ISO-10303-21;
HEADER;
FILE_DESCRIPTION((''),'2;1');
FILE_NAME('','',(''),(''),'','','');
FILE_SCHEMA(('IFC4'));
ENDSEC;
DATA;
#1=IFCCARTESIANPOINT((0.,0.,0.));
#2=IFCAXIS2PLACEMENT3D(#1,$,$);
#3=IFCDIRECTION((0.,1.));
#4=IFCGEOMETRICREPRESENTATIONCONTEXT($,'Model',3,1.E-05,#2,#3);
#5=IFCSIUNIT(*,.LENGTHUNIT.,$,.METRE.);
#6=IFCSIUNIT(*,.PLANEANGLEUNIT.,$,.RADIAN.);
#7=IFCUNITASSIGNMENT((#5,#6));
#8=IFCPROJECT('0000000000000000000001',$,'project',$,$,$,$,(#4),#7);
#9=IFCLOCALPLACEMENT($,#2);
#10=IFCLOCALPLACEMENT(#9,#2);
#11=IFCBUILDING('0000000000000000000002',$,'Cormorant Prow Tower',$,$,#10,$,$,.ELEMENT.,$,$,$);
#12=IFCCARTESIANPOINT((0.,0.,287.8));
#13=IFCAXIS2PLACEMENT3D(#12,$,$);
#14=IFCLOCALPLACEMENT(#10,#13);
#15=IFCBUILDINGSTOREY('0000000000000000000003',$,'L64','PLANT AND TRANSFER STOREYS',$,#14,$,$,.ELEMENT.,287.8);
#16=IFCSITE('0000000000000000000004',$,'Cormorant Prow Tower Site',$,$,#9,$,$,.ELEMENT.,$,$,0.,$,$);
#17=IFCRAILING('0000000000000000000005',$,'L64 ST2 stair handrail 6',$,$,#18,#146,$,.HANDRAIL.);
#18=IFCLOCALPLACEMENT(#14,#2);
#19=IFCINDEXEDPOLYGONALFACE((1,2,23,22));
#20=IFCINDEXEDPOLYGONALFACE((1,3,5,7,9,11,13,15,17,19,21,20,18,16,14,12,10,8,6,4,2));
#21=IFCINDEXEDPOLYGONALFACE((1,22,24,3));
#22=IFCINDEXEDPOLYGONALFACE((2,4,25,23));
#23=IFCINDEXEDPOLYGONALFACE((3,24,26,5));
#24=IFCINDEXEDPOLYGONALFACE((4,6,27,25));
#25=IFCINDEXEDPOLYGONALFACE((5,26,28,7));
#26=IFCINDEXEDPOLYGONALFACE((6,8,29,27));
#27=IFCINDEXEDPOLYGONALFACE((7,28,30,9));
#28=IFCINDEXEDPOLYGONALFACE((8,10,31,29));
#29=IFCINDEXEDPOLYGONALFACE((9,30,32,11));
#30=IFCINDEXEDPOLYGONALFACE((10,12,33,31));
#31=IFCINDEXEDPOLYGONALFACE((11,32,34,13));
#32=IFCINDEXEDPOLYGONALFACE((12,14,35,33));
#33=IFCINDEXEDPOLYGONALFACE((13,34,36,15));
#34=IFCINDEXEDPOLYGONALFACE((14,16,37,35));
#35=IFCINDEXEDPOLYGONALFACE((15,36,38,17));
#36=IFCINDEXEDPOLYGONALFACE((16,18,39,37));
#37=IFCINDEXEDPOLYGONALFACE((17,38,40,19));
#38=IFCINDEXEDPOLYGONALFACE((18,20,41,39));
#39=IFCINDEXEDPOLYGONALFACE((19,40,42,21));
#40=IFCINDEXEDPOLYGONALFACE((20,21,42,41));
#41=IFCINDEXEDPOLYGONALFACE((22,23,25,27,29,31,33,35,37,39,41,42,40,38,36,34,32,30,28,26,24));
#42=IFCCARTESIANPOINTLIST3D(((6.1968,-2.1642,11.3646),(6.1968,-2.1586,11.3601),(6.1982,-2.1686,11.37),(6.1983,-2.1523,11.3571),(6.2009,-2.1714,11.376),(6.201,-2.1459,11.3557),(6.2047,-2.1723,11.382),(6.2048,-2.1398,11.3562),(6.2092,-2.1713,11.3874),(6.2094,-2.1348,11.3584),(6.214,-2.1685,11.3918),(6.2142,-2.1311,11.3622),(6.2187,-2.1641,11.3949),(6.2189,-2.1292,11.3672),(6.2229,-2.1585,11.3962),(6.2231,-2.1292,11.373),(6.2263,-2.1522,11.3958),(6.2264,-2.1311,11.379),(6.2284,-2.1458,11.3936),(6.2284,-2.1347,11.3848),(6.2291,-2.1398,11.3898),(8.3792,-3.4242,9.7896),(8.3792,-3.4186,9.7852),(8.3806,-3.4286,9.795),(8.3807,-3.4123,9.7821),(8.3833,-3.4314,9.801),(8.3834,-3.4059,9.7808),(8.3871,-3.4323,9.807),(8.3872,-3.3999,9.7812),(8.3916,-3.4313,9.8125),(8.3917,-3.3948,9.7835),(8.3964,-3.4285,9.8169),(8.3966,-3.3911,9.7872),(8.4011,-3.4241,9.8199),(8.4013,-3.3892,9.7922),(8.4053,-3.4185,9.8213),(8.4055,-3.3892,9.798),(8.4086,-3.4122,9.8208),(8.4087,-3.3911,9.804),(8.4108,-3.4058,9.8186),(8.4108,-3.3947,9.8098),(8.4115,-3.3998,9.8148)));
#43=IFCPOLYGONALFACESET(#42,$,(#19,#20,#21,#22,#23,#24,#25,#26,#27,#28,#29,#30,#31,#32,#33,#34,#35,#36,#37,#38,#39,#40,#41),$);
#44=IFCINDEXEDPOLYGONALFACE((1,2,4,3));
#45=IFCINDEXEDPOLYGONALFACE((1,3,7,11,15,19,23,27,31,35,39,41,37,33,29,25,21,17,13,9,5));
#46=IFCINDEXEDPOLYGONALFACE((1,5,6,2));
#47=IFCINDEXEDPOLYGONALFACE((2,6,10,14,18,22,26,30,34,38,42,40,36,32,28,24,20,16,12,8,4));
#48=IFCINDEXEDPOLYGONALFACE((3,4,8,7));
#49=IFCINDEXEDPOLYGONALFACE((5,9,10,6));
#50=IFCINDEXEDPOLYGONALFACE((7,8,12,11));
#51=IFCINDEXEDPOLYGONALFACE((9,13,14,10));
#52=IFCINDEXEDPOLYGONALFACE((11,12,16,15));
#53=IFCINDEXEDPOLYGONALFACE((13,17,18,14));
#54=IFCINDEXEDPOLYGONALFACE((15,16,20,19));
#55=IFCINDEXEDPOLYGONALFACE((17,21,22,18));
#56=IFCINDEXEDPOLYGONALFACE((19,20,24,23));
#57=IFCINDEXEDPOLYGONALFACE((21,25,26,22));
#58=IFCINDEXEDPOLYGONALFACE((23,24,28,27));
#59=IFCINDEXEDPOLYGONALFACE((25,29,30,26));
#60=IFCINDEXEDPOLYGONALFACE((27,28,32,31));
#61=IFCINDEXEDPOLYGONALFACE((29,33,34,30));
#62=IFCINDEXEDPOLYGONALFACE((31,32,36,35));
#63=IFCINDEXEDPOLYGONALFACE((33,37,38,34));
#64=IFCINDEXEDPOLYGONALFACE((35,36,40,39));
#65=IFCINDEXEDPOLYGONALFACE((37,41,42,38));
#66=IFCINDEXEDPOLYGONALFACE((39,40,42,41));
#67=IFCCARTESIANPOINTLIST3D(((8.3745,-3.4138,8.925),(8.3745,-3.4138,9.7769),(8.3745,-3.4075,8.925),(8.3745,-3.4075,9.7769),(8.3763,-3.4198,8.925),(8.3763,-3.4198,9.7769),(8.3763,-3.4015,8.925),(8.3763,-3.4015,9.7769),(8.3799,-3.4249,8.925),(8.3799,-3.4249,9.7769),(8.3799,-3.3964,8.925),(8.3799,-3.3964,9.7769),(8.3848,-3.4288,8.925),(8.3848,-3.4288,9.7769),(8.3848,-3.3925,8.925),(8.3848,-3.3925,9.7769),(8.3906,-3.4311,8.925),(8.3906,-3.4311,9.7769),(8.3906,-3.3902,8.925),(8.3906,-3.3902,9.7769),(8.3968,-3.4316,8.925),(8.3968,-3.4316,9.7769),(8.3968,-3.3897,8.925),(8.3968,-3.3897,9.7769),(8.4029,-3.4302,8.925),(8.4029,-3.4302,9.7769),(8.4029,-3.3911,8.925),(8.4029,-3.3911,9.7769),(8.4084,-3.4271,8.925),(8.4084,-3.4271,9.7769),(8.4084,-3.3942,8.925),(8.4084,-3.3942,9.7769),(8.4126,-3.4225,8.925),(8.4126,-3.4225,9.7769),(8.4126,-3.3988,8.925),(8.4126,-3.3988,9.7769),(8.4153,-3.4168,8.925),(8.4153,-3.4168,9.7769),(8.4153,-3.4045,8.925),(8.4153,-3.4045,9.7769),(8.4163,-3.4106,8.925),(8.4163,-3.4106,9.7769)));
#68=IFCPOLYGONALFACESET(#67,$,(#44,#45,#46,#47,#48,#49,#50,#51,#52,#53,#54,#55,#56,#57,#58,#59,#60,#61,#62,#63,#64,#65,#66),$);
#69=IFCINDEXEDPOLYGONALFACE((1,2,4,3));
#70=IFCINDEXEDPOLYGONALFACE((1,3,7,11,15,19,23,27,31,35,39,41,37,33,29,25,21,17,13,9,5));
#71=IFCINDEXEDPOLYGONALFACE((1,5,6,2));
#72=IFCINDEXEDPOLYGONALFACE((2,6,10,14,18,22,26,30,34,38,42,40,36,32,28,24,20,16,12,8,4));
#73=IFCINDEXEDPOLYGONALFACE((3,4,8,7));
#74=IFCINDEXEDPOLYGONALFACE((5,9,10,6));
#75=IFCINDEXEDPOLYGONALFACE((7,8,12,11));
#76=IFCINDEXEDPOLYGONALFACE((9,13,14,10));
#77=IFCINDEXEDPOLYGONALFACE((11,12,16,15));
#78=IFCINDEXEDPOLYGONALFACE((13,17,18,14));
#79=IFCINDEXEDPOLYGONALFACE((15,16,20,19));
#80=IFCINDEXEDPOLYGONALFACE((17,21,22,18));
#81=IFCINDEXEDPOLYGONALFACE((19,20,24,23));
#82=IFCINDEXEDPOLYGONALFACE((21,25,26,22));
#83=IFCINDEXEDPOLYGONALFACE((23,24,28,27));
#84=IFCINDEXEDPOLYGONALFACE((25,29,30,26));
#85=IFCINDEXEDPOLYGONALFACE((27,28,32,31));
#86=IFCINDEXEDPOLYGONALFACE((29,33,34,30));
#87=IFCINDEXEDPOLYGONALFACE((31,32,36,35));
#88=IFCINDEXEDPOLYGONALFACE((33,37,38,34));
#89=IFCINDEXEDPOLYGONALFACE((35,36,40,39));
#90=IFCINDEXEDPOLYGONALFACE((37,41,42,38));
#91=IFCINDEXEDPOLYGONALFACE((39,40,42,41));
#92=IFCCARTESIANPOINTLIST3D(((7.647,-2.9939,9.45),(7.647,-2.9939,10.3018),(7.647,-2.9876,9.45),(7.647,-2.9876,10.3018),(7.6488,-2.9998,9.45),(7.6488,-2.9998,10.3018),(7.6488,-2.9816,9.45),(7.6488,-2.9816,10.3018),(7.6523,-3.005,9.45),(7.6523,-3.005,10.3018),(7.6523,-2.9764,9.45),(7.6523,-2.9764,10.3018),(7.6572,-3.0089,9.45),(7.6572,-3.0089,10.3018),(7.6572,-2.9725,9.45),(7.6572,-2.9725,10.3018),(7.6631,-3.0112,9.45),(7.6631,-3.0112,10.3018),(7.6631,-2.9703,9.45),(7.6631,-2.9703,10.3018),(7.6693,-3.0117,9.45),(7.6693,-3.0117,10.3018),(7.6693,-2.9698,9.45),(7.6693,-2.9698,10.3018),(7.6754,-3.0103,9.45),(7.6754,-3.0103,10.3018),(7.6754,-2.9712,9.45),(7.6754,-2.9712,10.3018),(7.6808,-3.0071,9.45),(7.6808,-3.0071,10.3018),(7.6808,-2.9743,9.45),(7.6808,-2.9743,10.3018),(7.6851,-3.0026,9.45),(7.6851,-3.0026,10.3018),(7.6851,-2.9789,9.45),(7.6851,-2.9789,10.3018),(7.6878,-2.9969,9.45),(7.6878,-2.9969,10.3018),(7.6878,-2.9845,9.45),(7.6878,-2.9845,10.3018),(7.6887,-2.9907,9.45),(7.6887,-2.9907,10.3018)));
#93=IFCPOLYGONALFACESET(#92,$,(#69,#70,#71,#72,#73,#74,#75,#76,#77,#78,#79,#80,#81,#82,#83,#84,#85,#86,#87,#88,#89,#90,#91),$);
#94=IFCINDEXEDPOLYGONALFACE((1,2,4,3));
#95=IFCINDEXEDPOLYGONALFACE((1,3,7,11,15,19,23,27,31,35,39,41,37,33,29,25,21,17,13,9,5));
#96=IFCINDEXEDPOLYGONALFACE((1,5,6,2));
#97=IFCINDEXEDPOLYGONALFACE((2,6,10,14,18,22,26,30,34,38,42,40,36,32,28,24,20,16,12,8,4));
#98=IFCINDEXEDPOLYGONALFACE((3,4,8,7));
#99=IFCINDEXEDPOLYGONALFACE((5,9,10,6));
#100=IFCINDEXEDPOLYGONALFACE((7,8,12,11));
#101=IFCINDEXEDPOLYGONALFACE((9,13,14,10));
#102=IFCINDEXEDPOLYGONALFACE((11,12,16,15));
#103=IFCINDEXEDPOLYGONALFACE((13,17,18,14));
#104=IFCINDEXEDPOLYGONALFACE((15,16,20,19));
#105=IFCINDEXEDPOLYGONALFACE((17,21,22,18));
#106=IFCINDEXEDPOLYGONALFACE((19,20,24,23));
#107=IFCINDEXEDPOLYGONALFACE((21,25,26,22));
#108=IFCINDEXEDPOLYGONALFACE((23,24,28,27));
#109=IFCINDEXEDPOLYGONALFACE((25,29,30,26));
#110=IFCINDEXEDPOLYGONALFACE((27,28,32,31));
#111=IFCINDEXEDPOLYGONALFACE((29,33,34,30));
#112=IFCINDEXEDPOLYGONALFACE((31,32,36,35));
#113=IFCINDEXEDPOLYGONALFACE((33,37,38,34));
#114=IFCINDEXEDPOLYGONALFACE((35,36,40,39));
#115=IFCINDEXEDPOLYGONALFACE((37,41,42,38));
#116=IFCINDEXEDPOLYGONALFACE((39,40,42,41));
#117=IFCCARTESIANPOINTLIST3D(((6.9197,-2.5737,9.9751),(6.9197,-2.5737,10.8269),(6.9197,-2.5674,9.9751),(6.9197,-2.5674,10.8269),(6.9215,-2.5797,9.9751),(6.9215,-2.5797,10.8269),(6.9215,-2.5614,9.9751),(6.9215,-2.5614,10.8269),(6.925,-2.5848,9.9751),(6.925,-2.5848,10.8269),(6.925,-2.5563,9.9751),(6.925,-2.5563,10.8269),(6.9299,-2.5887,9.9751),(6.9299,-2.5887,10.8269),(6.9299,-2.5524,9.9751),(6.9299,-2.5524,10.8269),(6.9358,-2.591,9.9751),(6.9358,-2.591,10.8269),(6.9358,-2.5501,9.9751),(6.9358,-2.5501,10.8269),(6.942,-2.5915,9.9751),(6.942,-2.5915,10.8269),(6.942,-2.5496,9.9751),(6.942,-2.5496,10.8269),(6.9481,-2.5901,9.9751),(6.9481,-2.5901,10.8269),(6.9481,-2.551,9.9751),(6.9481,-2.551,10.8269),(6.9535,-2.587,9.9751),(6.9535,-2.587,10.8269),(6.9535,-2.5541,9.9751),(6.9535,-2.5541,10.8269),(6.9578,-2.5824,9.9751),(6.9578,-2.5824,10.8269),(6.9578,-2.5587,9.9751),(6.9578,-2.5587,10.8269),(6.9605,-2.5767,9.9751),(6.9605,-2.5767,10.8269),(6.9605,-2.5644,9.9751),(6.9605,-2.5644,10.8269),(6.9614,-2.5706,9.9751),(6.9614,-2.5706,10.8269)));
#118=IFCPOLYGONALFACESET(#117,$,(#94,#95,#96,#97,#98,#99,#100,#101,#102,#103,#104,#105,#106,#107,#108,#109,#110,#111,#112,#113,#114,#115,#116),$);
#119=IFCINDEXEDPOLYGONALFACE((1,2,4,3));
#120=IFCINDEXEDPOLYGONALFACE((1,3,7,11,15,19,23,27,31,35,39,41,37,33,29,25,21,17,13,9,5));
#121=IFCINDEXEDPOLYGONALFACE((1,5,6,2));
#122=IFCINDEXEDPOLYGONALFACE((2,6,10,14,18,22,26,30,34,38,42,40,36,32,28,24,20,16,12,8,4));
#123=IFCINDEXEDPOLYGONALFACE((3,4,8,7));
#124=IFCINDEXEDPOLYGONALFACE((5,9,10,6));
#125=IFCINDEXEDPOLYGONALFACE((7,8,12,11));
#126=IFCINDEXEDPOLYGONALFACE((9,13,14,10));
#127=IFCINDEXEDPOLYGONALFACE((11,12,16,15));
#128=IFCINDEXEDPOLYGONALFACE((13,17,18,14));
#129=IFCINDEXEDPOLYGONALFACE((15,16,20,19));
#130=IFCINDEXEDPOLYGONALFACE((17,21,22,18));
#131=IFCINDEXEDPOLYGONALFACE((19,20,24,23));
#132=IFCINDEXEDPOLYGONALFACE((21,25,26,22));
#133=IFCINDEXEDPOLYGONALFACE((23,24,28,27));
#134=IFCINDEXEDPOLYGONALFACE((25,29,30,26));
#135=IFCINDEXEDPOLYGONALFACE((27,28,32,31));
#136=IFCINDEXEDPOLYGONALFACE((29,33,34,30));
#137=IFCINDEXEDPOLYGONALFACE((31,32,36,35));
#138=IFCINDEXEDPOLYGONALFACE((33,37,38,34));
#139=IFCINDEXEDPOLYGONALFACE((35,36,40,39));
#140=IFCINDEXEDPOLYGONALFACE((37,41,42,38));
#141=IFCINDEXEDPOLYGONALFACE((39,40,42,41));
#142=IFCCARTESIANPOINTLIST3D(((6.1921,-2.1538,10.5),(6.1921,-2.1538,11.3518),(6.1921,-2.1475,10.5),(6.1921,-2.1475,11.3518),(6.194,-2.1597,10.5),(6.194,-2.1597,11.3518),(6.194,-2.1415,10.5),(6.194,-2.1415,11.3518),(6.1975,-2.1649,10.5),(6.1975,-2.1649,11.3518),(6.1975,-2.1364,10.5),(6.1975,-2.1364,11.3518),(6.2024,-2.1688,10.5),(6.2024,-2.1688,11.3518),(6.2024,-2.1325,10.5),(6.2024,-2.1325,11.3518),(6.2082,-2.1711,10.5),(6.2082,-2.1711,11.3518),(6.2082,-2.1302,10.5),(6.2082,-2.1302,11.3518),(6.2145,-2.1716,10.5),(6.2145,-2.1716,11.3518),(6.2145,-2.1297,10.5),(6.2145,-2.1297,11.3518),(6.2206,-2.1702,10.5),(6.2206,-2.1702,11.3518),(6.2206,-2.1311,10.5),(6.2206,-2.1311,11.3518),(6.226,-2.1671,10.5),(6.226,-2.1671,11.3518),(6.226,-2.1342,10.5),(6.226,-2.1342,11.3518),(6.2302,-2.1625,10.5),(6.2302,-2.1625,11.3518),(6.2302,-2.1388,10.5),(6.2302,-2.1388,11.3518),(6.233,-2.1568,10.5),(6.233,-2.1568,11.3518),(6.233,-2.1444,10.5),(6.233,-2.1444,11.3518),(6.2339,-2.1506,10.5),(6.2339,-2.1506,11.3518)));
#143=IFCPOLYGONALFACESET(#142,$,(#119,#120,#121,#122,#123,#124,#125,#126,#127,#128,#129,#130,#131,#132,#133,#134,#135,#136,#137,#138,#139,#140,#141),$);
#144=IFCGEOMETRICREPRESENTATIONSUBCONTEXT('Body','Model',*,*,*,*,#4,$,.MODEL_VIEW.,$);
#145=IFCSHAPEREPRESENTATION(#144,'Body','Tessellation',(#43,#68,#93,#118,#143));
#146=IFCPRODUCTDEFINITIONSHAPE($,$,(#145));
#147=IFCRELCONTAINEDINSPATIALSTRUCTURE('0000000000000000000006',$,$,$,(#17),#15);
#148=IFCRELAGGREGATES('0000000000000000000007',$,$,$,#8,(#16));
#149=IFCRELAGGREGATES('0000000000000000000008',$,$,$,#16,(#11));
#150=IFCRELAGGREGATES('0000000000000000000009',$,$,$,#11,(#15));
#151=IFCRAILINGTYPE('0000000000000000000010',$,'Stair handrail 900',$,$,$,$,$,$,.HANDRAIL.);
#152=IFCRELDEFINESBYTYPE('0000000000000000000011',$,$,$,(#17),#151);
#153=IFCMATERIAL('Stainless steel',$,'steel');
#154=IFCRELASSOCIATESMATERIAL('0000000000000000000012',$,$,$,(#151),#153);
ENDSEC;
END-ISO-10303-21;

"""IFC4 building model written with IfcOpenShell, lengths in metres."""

from ifc_helpers import new_model, si_unit, direction, frame, origin, origin_2d, place, context, subcontext, project, spatial, circle, extrude, material, type_object, element, save


model = new_model("IFC4")

# Units and contexts
model_context = context("Model", 3, precision=1e-05, world=origin(), true_north=direction((0.0, 1.0)))
body_context = subcontext(model_context, "Body", "Model", "MODEL_VIEW")
ifc_project = project(units=[si_unit("LENGTHUNIT", "METRE"), si_unit("PLANEANGLEUNIT", "RADIAN")], contexts=[model_context])

# Site, building, storey
site_placement = place(None, origin())
site = spatial("IfcSite", under=ifc_project, at=site_placement, Name="Cormorant Prow Tower Site", CompositionType="ELEMENT", RefElevation=0.0)
building_placement = place(site_placement, origin())
building = spatial("IfcBuilding", under=site, at=building_placement, Name="Cormorant Prow Tower", CompositionType="ELEMENT")
storey_placement = place(building_placement, frame((0.0, 0.0, 287.8)))
storey = spatial("IfcBuildingStorey", under=building, at=storey_placement, Name="L64", Description="PLANT AND TRANSFER STOREYS", CompositionType="ELEMENT", Elevation=287.8)

# Railing
ifc_material_1 = material(Name="Stainless steel", Category="steel")
railing_type_1 = type_object("IfcRailingType", Name="Stair handrail 900", PredefinedType="HANDRAIL", material=ifc_material_1)
for number, where, name in (
    (1, (8.3953, -3.4106, 8.925), "L64 ST2 stair handrail 6"),
):
    element("IfcRailing", number, at=place(storey_placement, frame(where)), inside=storey, type_object=railing_type_1, Name=name, PredefinedType="HANDRAIL", context=body_context, shape_type="SweptSolid", body=[
        extrude(circle(Radius=0.0239, at=origin_2d()), frame((0.0, 0.0, 0.876), z_axis=(-0.734392, 0.424007, 0.529988), x_axis=(-0.500005, -0.866023, 0.0)), (0.0, 0.0, 1.0), 2.9717),
        extrude(circle(Radius=0.021, at=origin_2d()), origin(), (0.0, 0.0, 1.0), 0.8518),
        extrude(circle(Radius=0.021, at=origin_2d()), frame((-0.7275, 0.4199, 0.5249)), (0.0, 0.0, 1.0), 0.8518),
        extrude(circle(Radius=0.021, at=origin_2d()), frame((-1.4548, 0.8401, 1.05)), (0.0, 0.0, 1.0), 0.8518),
        extrude(circle(Radius=0.021, at=origin_2d()), frame((-2.1824, 1.26, 1.575)), (0.0, 0.0, 1.0), 0.8518),
    ])

save(model, "model.ifc")
